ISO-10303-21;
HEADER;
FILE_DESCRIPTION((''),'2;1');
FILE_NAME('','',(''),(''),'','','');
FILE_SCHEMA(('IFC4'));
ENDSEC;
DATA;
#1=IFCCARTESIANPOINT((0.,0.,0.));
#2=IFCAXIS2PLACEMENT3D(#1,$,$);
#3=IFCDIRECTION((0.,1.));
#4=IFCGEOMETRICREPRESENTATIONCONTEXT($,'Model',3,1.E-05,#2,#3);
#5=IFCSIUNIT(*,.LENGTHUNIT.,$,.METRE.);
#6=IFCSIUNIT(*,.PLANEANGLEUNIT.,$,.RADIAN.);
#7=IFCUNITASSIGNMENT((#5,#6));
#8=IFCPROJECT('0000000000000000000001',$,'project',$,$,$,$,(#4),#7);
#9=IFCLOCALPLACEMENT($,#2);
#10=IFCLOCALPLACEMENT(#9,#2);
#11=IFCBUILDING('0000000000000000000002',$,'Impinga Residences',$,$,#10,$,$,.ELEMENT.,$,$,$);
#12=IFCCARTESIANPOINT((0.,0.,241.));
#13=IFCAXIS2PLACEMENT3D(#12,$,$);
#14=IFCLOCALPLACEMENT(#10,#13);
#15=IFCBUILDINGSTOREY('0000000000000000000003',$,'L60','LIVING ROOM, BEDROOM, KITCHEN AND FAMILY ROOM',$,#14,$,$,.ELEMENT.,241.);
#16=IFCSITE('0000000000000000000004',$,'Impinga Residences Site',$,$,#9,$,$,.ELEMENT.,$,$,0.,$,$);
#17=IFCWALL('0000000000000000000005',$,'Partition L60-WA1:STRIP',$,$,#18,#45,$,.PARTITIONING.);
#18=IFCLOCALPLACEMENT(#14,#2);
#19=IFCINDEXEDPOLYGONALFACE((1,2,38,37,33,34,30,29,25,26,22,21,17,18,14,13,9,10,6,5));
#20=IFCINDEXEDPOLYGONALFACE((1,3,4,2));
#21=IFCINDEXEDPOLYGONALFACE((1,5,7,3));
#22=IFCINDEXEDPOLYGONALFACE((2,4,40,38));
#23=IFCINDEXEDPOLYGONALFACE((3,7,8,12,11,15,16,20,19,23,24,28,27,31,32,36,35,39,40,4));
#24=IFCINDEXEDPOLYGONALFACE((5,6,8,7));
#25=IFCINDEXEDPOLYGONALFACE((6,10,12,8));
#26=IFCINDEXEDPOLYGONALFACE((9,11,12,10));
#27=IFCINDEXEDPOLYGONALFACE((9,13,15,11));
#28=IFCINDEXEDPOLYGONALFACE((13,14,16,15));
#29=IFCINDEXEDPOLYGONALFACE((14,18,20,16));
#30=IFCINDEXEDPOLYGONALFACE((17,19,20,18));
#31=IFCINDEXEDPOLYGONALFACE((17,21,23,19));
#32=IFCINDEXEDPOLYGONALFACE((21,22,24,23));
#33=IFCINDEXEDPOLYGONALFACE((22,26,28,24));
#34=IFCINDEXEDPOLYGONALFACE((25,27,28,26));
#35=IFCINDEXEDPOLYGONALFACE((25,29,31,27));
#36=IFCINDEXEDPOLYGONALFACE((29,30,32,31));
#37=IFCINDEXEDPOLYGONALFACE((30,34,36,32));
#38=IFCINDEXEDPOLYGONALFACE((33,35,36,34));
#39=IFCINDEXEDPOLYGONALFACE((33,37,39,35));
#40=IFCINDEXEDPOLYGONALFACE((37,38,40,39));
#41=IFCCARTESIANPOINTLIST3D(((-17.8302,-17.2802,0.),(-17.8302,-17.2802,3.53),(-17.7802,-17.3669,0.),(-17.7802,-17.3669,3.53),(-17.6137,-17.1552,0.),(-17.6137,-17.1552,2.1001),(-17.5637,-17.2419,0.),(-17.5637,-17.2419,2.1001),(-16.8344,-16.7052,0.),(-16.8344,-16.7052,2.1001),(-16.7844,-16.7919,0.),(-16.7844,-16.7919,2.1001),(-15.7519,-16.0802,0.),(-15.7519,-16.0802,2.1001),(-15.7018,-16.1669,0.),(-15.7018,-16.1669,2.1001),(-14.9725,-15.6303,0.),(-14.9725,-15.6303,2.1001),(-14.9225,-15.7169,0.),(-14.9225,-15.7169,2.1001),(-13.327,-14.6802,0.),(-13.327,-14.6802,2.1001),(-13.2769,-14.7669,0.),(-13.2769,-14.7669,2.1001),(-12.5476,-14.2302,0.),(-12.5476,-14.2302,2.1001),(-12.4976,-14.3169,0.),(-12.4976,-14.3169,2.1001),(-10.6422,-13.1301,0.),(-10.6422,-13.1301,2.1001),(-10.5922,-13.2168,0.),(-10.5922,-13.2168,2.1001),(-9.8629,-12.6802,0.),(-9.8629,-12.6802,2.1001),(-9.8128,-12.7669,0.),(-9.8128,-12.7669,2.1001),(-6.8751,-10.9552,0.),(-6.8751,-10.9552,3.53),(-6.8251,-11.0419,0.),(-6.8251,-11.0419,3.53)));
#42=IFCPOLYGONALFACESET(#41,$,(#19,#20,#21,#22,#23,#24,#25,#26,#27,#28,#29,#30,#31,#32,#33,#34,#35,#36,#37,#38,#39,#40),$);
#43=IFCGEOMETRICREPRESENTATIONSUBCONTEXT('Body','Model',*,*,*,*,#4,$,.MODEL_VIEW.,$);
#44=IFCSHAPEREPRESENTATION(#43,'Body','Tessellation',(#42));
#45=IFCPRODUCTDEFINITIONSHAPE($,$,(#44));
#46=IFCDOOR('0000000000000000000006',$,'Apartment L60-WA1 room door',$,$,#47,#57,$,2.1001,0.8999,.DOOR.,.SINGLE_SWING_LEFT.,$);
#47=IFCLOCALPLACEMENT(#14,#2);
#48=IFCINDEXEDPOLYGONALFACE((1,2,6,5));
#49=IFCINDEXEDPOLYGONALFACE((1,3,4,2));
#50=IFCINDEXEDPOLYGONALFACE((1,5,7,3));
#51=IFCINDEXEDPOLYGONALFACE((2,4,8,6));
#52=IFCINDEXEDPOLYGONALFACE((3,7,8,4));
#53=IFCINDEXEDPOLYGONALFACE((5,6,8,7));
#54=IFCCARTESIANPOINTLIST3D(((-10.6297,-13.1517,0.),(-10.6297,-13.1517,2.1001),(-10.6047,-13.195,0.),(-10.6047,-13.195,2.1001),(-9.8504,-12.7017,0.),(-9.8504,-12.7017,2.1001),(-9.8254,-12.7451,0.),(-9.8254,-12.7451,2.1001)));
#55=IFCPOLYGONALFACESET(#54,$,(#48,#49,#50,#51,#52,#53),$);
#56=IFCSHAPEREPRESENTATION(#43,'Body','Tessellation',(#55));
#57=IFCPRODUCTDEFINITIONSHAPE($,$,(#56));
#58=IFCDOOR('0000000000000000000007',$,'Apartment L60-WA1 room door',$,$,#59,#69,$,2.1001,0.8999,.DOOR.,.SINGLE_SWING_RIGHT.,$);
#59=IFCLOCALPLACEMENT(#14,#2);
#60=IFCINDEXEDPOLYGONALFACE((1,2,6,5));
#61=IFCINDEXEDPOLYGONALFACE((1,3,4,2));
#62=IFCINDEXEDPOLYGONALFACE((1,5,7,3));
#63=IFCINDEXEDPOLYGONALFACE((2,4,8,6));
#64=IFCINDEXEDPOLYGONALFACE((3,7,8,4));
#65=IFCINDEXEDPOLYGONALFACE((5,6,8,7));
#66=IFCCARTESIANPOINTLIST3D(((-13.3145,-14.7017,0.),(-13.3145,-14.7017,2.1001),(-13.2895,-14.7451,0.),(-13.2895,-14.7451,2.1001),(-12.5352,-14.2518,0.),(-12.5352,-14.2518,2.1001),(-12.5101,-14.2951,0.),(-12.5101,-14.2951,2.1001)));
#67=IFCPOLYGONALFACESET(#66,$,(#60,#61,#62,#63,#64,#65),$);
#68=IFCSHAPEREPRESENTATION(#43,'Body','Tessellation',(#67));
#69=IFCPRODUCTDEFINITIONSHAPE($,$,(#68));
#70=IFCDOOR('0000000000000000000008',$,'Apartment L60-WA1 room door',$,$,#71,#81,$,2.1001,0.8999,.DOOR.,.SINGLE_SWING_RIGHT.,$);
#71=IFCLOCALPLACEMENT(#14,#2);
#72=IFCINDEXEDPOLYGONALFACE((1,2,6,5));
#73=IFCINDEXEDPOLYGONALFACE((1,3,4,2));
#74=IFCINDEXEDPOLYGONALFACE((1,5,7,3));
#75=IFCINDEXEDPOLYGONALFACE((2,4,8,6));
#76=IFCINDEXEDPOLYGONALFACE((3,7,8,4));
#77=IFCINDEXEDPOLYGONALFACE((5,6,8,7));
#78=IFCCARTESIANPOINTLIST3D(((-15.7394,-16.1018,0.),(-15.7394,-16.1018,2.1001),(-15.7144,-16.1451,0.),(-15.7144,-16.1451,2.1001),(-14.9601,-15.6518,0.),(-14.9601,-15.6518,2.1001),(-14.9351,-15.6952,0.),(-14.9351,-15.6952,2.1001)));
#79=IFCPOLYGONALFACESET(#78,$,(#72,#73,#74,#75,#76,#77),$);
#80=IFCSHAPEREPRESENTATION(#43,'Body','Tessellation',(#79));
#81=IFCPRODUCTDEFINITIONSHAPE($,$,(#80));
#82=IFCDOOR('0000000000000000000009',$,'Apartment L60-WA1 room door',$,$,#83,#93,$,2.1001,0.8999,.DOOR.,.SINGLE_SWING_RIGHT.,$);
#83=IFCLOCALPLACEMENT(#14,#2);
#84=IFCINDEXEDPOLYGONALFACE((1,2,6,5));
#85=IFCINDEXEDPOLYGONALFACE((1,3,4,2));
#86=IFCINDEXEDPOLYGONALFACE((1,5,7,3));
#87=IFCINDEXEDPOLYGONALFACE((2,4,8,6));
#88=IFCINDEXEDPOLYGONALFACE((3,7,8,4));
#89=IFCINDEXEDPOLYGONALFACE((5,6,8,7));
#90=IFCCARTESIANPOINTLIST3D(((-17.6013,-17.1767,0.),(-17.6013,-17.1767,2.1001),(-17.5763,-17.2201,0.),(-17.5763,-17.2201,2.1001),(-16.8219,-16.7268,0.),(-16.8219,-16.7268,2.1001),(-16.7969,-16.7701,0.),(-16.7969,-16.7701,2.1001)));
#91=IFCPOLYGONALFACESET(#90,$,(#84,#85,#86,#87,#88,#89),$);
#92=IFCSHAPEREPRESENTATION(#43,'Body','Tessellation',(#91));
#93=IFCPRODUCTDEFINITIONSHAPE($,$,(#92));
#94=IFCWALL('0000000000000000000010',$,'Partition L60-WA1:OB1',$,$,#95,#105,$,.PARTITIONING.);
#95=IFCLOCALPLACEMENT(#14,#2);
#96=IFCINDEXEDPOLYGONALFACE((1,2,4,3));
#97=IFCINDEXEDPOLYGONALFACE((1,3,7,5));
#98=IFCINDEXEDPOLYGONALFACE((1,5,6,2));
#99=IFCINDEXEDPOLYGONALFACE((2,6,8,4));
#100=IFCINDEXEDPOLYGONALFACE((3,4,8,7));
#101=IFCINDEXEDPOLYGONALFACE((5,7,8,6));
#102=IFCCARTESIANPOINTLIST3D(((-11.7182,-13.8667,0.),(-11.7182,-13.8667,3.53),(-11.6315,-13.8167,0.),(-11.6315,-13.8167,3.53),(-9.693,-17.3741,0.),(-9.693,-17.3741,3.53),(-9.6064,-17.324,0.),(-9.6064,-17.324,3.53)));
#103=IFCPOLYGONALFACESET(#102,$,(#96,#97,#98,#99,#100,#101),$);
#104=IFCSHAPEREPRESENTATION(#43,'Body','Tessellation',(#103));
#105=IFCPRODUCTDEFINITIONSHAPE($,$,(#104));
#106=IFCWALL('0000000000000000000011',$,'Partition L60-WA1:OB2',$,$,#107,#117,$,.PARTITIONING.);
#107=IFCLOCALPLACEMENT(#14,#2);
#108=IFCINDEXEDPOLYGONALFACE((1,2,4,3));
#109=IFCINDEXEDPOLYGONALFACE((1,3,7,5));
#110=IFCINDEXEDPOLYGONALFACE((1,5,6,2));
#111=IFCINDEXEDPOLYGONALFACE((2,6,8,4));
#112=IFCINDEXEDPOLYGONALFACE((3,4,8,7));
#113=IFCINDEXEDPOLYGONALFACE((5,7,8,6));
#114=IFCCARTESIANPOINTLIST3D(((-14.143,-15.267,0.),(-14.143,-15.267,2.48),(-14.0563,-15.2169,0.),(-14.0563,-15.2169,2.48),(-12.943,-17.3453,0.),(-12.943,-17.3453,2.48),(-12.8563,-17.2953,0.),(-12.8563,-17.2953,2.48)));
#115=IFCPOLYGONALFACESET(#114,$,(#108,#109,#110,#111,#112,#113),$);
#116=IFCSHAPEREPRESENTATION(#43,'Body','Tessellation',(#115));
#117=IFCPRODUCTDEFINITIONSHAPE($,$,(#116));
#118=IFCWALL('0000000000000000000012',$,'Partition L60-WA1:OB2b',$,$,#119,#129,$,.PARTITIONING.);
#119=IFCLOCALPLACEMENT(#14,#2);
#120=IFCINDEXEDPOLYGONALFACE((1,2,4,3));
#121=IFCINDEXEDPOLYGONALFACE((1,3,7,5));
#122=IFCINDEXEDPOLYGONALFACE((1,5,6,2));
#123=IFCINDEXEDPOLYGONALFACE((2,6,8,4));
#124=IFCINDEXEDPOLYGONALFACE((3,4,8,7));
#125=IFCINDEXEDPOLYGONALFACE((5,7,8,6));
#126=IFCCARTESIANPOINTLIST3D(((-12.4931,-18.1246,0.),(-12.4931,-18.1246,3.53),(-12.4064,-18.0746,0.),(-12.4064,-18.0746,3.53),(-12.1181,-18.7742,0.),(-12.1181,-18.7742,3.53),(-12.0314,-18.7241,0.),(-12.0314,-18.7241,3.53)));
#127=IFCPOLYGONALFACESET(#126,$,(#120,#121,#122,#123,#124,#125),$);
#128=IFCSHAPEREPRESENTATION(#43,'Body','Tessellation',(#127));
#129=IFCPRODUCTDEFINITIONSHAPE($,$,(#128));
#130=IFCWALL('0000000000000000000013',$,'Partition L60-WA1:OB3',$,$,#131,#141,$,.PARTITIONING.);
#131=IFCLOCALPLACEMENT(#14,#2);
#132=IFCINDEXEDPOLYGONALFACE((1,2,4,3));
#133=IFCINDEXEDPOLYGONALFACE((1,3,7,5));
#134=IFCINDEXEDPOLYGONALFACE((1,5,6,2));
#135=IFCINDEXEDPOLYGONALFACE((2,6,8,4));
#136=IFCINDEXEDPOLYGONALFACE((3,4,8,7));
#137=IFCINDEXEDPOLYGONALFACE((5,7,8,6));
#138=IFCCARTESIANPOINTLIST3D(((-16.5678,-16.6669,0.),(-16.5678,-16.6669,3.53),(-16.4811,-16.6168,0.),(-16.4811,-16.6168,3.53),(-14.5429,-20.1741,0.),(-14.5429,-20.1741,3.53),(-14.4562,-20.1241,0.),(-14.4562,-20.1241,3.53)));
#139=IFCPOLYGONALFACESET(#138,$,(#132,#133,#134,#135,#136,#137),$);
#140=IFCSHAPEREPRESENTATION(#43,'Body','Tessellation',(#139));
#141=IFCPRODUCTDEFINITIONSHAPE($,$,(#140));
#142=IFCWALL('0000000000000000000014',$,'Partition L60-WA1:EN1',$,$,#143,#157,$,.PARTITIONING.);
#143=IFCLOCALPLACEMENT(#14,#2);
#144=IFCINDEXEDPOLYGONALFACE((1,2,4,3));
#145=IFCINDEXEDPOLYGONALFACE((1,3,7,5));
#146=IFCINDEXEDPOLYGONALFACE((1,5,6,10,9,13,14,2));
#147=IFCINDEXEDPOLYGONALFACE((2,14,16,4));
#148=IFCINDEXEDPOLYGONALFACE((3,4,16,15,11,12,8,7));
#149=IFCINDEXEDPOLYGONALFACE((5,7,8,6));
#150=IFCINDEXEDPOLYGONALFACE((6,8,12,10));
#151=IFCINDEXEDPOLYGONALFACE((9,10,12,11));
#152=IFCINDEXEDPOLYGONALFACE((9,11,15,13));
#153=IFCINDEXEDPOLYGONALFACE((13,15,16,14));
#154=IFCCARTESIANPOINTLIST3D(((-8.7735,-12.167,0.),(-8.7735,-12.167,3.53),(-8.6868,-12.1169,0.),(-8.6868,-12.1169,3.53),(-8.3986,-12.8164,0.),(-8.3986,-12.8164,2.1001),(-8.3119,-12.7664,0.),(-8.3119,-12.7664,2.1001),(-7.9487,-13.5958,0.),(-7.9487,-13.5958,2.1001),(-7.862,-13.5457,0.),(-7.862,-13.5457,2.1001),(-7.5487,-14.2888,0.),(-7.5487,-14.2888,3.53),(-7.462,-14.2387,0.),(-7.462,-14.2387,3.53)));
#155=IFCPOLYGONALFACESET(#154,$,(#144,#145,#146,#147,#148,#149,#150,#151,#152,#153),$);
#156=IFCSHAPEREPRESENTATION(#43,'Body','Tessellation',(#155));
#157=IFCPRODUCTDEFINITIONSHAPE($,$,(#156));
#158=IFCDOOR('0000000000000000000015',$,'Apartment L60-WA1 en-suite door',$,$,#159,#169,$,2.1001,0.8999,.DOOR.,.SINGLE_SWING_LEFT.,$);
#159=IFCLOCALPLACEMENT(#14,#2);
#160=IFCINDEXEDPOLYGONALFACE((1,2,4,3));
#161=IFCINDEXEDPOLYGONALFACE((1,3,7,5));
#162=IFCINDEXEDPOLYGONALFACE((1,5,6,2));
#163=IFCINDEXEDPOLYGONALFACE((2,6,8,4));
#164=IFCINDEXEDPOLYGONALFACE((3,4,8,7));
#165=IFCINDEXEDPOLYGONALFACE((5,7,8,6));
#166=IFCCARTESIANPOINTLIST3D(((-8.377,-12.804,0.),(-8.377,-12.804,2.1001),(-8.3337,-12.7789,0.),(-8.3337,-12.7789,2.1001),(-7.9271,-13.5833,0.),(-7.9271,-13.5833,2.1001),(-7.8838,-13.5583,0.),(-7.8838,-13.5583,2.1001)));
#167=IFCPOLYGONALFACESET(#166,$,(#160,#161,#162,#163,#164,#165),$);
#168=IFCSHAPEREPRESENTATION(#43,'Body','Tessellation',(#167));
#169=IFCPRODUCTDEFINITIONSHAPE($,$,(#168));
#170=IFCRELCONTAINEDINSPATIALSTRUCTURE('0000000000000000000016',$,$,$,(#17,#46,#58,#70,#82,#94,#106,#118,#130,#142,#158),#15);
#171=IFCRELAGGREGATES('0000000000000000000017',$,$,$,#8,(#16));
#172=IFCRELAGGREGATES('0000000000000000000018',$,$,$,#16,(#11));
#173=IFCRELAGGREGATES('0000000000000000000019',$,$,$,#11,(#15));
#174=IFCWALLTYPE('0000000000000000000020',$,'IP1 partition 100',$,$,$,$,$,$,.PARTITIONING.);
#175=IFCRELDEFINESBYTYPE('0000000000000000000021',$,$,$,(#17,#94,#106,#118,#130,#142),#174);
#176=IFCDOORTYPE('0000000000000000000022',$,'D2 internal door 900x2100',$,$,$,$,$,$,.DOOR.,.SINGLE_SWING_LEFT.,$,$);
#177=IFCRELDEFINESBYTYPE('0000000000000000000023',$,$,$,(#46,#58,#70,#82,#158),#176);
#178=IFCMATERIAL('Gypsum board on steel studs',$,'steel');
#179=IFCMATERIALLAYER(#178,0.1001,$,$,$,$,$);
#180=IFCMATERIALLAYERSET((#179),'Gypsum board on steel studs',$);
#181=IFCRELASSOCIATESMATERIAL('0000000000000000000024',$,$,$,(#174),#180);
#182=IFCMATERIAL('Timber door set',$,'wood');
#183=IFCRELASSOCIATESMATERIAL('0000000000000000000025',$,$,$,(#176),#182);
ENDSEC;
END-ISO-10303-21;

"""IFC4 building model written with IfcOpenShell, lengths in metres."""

from ifc_helpers import new_model, si_unit, direction, frame, frame_2d, origin, place, context, subcontext, project, spatial, rectangle, extrude, material, layer, layer_set, type_object, element, fill, save


model = new_model("IFC4")

# Units and contexts
model_context = context("Model", 3, precision=1e-05, world=origin(), true_north=direction((0.0, 1.0)))
body_context = subcontext(model_context, "Body", "Model", "MODEL_VIEW")
ifc_project = project(units=[si_unit("LENGTHUNIT", "METRE"), si_unit("PLANEANGLEUNIT", "RADIAN")], contexts=[model_context])

# Site, building, storey
site_placement = place(None, origin())
site = spatial("IfcSite", under=ifc_project, at=site_placement, Name="Impinga Residences Site", CompositionType="ELEMENT", RefElevation=0.0)
building_placement = place(site_placement, origin())
building = spatial("IfcBuilding", under=site, at=building_placement, Name="Impinga Residences", CompositionType="ELEMENT")
storey_placement = place(building_placement, frame((0.0, 0.0, 241.0)))
storey = spatial("IfcBuildingStorey", under=building, at=storey_placement, Name="L60", Description="LIVING ROOM, BEDROOM, KITCHEN AND FAMILY ROOM", CompositionType="ELEMENT", Elevation=241.0)

# Shared definitions
ifc_material_1 = material(Name="Gypsum board on steel studs", Category="steel")
ifc_layer_1 = layer(ifc_material_1, 0.1001)
ifc_layer_set_1 = layer_set([ifc_layer_1], Name="Gypsum board on steel studs")
wall_type_1 = type_object("IfcWallType", Name="IP1 partition 100", PredefinedType="PARTITIONING", material=ifc_layer_set_1)

# Wall, openings, doors
wall_1_placement = place(storey_placement, frame((-6.8501, -10.9985, 0.0), z_axis=(0.0, 0.0, 1.0), x_axis=(-0.866024, -0.500002, 0.0)))
wall_1 = element("IfcWall", 1, at=wall_1_placement, inside=storey, type_object=wall_type_1, Name="Partition L60-WA1:STRIP", PredefinedType="PARTITIONING", context=body_context, shape_type="SweptSolid", body=[
    extrude(rectangle(XDim=12.6499, YDim=0.1001, at=frame_2d((6.325, 0.0))), origin(), (0.0, 0.0, 1.0), 3.53),
])
opening_1_placement = place(wall_1_placement, frame((3.45, 0.0, 0.0)))
opening_1 = element("IfcOpeningElement", 2, at=opening_1_placement, cuts=wall_1, PredefinedType="OPENING", context=body_context, shape_type="SweptSolid", body=[
    extrude(rectangle(XDim=0.8999, YDim=2.1001, at=frame_2d((0.45, 1.05))), frame((0.0, 0.0601, 0.0), z_axis=(0.0, -1.0, 0.0), x_axis=(1.0, 0.0, 0.0)), (0.0, 0.0, 1.0), 0.1201),
])
opening_2_placement = place(wall_1_placement, frame((6.55, 0.0, 0.0)))
opening_2 = element("IfcOpeningElement", 3, at=opening_2_placement, cuts=wall_1, PredefinedType="OPENING", context=body_context, shape_type="SweptSolid", body=[
    extrude(rectangle(XDim=0.8999, YDim=2.1001, at=frame_2d((0.45, 1.05))), frame((0.0, 0.0601, 0.0), z_axis=(0.0, -1.0, 0.0), x_axis=(1.0, 0.0, 0.0)), (0.0, 0.0, 1.0), 0.1201),
])
opening_3_placement = place(wall_1_placement, frame((9.3501, 0.0, 0.0)))
opening_3 = element("IfcOpeningElement", 4, at=opening_3_placement, cuts=wall_1, PredefinedType="OPENING", context=body_context, shape_type="SweptSolid", body=[
    extrude(rectangle(XDim=0.8999, YDim=2.1001, at=frame_2d((0.45, 1.05))), frame((0.0, 0.0601, 0.0), z_axis=(0.0, -1.0, 0.0), x_axis=(1.0, 0.0, 0.0)), (0.0, 0.0, 1.0), 0.1201),
])
opening_4_placement = place(wall_1_placement, frame((11.5, 0.0, 0.0)))
opening_4 = element("IfcOpeningElement", 5, at=opening_4_placement, cuts=wall_1, PredefinedType="OPENING", context=body_context, shape_type="SweptSolid", body=[
    extrude(rectangle(XDim=0.8999, YDim=2.1001, at=frame_2d((0.45, 1.05))), frame((0.0, 0.0601, 0.0), z_axis=(0.0, -1.0, 0.0), x_axis=(1.0, 0.0, 0.0)), (0.0, 0.0, 1.0), 0.1201),
])
ifc_material_2 = material(Name="Timber door set", Category="wood")
door_type_1 = type_object("IfcDoorType", Name="D2 internal door 900x2100", OperationType="SINGLE_SWING_LEFT", PredefinedType="DOOR", material=ifc_material_2)
door_1_placement = place(opening_1_placement, origin())
door_1 = element("IfcDoor", 6, at=door_1_placement, inside=storey, type_object=door_type_1, Name="Apartment L60-WA1 room door", OperationType="SINGLE_SWING_LEFT", OverallHeight=2.1001, OverallWidth=0.8999, PredefinedType="DOOR", context=body_context, shape_type="SweptSolid", body=[
    extrude(rectangle(XDim=0.8999, YDim=2.1001, at=frame_2d((0.45, 1.05))), frame((0.0, 0.0249, 0.0), z_axis=(0.0, -1.0, 0.0), x_axis=(1.0, 0.0, 0.0)), (0.0, 0.0, 1.0), 0.05),
])
fill(opening_1, door_1)
door_2_placement = place(opening_2_placement, origin())
door_2 = element("IfcDoor", 7, at=door_2_placement, inside=storey, type_object=door_type_1, Name="Apartment L60-WA1 room door", OperationType="SINGLE_SWING_RIGHT", OverallHeight=2.1001, OverallWidth=0.8999, PredefinedType="DOOR", context=body_context, shape_type="SweptSolid", body=[
    extrude(rectangle(XDim=0.8999, YDim=2.1001, at=frame_2d((0.45, 1.05))), frame((0.0, 0.0249, 0.0), z_axis=(0.0, -1.0, 0.0), x_axis=(1.0, 0.0, 0.0)), (0.0, 0.0, 1.0), 0.05),
])
fill(opening_2, door_2)
door_3_placement = place(opening_3_placement, origin())
door_3 = element("IfcDoor", 8, at=door_3_placement, inside=storey, type_object=door_type_1, Name="Apartment L60-WA1 room door", OperationType="SINGLE_SWING_RIGHT", OverallHeight=2.1001, OverallWidth=0.8999, PredefinedType="DOOR", context=body_context, shape_type="SweptSolid", body=[
    extrude(rectangle(XDim=0.8999, YDim=2.1001, at=frame_2d((0.45, 1.05))), frame((0.0, 0.0249, 0.0), z_axis=(0.0, -1.0, 0.0), x_axis=(1.0, 0.0, 0.0)), (0.0, 0.0, 1.0), 0.05),
])
fill(opening_3, door_3)
door_4_placement = place(opening_4_placement, origin())
door_4 = element("IfcDoor", 9, at=door_4_placement, inside=storey, type_object=door_type_1, Name="Apartment L60-WA1 room door", OperationType="SINGLE_SWING_RIGHT", OverallHeight=2.1001, OverallWidth=0.8999, PredefinedType="DOOR", context=body_context, shape_type="SweptSolid", body=[
    extrude(rectangle(XDim=0.8999, YDim=2.1001, at=frame_2d((0.45, 1.05))), frame((0.0, 0.0249, 0.0), z_axis=(0.0, -1.0, 0.0), x_axis=(1.0, 0.0, 0.0)), (0.0, 0.0, 1.0), 0.05),
])
fill(opening_4, door_4)

# Walls
wall_2_placement = place(storey_placement, frame((-11.6748, -13.8418, 0.0), z_axis=(0.0, 0.0, 1.0), x_axis=(0.500036, -0.866005, 0.0)))
element("IfcWall", 10, at=wall_2_placement, inside=storey, type_object=wall_type_1, Name="Partition L60-WA1:OB1", PredefinedType="PARTITIONING", context=body_context, shape_type="SweptSolid", body=[
    extrude(rectangle(XDim=4.05, YDim=0.1001, at=frame_2d((2.0249, 0.0))), origin(), (0.0, 0.0, 1.0), 3.53),
])
wall_3_placement = place(storey_placement, frame((-14.0996, -15.2419, 0.0), z_axis=(0.0, 0.0, 1.0), x_axis=(0.500001, -0.866025, 0.0)))
element("IfcWall", 11, at=wall_3_placement, inside=storey, type_object=wall_type_1, Name="Partition L60-WA1:OB2", PredefinedType="PARTITIONING", context=body_context, shape_type="SweptSolid", body=[
    extrude(rectangle(XDim=2.3999, YDim=0.1001, at=frame_2d((1.2, 0.0))), origin(), (0.0, 0.0, 1.0), 2.48),
])
wall_4_placement = place(storey_placement, frame((-12.4497, -18.0996, 0.0), z_axis=(0.0, 0.0, 1.0), x_axis=(0.49992, -0.866072, 0.0)))
element("IfcWall", 12, at=wall_4_placement, inside=storey, type_object=wall_type_1, Name="Partition L60-WA1:OB2b", PredefinedType="PARTITIONING", context=body_context, shape_type="SweptSolid", body=[
    extrude(rectangle(XDim=0.75, YDim=0.1001, at=frame_2d((0.375, 0.0))), origin(), (0.0, 0.0, 1.0), 3.53),
])
wall_5_placement = place(storey_placement, frame((-16.5244, -16.6418, 0.0), z_axis=(0.0, 0.0, 1.0), x_axis=(0.49999, -0.866031, 0.0)))
element("IfcWall", 13, at=wall_5_placement, inside=storey, type_object=wall_type_1, Name="Partition L60-WA1:OB3", PredefinedType="PARTITIONING", context=body_context, shape_type="SweptSolid", body=[
    extrude(rectangle(XDim=4.0498, YDim=0.1001, at=frame_2d((2.0249, 0.0))), origin(), (0.0, 0.0, 1.0), 3.53),
])

# Wall, opening, door
wall_6_placement = place(storey_placement, frame((-8.7302, -12.1418, 0.0), z_axis=(0.0, 0.0, 1.0), x_axis=(0.499944, -0.866058, 0.0)))
wall_6 = element("IfcWall", 14, at=wall_6_placement, inside=storey, type_object=wall_type_1, Name="Partition L60-WA1:EN1", PredefinedType="PARTITIONING", context=body_context, shape_type="SweptSolid", body=[
    extrude(rectangle(XDim=2.45, YDim=0.1001, at=frame_2d((1.2251, 0.0))), origin(), (0.0, 0.0, 1.0), 3.53),
])
opening_5_placement = place(wall_6_placement, frame((0.75, 0.0, 0.0)))
opening_5 = element("IfcOpeningElement", 15, at=opening_5_placement, cuts=wall_6, PredefinedType="OPENING", context=body_context, shape_type="SweptSolid", body=[
    extrude(rectangle(XDim=0.8999, YDim=2.1001, at=frame_2d((0.45, 1.05))), frame((0.0, 0.0601, 0.0), z_axis=(0.0, -1.0, 0.0), x_axis=(1.0, 0.0, 0.0)), (0.0, 0.0, 1.0), 0.1201),
])
door_5_placement = place(opening_5_placement, origin())
door_5 = element("IfcDoor", 16, at=door_5_placement, inside=storey, type_object=door_type_1, Name="Apartment L60-WA1 en-suite door", OperationType="SINGLE_SWING_LEFT", OverallHeight=2.1001, OverallWidth=0.8999, PredefinedType="DOOR", context=body_context, shape_type="SweptSolid", body=[
    extrude(rectangle(XDim=0.8999, YDim=2.1001, at=frame_2d((0.45, 1.05))), frame((0.0, 0.0249, 0.0), z_axis=(0.0, -1.0, 0.0), x_axis=(1.0, 0.0, 0.0)), (0.0, 0.0, 1.0), 0.05),
])
fill(opening_5, door_5)

save(model, "model.ifc")
